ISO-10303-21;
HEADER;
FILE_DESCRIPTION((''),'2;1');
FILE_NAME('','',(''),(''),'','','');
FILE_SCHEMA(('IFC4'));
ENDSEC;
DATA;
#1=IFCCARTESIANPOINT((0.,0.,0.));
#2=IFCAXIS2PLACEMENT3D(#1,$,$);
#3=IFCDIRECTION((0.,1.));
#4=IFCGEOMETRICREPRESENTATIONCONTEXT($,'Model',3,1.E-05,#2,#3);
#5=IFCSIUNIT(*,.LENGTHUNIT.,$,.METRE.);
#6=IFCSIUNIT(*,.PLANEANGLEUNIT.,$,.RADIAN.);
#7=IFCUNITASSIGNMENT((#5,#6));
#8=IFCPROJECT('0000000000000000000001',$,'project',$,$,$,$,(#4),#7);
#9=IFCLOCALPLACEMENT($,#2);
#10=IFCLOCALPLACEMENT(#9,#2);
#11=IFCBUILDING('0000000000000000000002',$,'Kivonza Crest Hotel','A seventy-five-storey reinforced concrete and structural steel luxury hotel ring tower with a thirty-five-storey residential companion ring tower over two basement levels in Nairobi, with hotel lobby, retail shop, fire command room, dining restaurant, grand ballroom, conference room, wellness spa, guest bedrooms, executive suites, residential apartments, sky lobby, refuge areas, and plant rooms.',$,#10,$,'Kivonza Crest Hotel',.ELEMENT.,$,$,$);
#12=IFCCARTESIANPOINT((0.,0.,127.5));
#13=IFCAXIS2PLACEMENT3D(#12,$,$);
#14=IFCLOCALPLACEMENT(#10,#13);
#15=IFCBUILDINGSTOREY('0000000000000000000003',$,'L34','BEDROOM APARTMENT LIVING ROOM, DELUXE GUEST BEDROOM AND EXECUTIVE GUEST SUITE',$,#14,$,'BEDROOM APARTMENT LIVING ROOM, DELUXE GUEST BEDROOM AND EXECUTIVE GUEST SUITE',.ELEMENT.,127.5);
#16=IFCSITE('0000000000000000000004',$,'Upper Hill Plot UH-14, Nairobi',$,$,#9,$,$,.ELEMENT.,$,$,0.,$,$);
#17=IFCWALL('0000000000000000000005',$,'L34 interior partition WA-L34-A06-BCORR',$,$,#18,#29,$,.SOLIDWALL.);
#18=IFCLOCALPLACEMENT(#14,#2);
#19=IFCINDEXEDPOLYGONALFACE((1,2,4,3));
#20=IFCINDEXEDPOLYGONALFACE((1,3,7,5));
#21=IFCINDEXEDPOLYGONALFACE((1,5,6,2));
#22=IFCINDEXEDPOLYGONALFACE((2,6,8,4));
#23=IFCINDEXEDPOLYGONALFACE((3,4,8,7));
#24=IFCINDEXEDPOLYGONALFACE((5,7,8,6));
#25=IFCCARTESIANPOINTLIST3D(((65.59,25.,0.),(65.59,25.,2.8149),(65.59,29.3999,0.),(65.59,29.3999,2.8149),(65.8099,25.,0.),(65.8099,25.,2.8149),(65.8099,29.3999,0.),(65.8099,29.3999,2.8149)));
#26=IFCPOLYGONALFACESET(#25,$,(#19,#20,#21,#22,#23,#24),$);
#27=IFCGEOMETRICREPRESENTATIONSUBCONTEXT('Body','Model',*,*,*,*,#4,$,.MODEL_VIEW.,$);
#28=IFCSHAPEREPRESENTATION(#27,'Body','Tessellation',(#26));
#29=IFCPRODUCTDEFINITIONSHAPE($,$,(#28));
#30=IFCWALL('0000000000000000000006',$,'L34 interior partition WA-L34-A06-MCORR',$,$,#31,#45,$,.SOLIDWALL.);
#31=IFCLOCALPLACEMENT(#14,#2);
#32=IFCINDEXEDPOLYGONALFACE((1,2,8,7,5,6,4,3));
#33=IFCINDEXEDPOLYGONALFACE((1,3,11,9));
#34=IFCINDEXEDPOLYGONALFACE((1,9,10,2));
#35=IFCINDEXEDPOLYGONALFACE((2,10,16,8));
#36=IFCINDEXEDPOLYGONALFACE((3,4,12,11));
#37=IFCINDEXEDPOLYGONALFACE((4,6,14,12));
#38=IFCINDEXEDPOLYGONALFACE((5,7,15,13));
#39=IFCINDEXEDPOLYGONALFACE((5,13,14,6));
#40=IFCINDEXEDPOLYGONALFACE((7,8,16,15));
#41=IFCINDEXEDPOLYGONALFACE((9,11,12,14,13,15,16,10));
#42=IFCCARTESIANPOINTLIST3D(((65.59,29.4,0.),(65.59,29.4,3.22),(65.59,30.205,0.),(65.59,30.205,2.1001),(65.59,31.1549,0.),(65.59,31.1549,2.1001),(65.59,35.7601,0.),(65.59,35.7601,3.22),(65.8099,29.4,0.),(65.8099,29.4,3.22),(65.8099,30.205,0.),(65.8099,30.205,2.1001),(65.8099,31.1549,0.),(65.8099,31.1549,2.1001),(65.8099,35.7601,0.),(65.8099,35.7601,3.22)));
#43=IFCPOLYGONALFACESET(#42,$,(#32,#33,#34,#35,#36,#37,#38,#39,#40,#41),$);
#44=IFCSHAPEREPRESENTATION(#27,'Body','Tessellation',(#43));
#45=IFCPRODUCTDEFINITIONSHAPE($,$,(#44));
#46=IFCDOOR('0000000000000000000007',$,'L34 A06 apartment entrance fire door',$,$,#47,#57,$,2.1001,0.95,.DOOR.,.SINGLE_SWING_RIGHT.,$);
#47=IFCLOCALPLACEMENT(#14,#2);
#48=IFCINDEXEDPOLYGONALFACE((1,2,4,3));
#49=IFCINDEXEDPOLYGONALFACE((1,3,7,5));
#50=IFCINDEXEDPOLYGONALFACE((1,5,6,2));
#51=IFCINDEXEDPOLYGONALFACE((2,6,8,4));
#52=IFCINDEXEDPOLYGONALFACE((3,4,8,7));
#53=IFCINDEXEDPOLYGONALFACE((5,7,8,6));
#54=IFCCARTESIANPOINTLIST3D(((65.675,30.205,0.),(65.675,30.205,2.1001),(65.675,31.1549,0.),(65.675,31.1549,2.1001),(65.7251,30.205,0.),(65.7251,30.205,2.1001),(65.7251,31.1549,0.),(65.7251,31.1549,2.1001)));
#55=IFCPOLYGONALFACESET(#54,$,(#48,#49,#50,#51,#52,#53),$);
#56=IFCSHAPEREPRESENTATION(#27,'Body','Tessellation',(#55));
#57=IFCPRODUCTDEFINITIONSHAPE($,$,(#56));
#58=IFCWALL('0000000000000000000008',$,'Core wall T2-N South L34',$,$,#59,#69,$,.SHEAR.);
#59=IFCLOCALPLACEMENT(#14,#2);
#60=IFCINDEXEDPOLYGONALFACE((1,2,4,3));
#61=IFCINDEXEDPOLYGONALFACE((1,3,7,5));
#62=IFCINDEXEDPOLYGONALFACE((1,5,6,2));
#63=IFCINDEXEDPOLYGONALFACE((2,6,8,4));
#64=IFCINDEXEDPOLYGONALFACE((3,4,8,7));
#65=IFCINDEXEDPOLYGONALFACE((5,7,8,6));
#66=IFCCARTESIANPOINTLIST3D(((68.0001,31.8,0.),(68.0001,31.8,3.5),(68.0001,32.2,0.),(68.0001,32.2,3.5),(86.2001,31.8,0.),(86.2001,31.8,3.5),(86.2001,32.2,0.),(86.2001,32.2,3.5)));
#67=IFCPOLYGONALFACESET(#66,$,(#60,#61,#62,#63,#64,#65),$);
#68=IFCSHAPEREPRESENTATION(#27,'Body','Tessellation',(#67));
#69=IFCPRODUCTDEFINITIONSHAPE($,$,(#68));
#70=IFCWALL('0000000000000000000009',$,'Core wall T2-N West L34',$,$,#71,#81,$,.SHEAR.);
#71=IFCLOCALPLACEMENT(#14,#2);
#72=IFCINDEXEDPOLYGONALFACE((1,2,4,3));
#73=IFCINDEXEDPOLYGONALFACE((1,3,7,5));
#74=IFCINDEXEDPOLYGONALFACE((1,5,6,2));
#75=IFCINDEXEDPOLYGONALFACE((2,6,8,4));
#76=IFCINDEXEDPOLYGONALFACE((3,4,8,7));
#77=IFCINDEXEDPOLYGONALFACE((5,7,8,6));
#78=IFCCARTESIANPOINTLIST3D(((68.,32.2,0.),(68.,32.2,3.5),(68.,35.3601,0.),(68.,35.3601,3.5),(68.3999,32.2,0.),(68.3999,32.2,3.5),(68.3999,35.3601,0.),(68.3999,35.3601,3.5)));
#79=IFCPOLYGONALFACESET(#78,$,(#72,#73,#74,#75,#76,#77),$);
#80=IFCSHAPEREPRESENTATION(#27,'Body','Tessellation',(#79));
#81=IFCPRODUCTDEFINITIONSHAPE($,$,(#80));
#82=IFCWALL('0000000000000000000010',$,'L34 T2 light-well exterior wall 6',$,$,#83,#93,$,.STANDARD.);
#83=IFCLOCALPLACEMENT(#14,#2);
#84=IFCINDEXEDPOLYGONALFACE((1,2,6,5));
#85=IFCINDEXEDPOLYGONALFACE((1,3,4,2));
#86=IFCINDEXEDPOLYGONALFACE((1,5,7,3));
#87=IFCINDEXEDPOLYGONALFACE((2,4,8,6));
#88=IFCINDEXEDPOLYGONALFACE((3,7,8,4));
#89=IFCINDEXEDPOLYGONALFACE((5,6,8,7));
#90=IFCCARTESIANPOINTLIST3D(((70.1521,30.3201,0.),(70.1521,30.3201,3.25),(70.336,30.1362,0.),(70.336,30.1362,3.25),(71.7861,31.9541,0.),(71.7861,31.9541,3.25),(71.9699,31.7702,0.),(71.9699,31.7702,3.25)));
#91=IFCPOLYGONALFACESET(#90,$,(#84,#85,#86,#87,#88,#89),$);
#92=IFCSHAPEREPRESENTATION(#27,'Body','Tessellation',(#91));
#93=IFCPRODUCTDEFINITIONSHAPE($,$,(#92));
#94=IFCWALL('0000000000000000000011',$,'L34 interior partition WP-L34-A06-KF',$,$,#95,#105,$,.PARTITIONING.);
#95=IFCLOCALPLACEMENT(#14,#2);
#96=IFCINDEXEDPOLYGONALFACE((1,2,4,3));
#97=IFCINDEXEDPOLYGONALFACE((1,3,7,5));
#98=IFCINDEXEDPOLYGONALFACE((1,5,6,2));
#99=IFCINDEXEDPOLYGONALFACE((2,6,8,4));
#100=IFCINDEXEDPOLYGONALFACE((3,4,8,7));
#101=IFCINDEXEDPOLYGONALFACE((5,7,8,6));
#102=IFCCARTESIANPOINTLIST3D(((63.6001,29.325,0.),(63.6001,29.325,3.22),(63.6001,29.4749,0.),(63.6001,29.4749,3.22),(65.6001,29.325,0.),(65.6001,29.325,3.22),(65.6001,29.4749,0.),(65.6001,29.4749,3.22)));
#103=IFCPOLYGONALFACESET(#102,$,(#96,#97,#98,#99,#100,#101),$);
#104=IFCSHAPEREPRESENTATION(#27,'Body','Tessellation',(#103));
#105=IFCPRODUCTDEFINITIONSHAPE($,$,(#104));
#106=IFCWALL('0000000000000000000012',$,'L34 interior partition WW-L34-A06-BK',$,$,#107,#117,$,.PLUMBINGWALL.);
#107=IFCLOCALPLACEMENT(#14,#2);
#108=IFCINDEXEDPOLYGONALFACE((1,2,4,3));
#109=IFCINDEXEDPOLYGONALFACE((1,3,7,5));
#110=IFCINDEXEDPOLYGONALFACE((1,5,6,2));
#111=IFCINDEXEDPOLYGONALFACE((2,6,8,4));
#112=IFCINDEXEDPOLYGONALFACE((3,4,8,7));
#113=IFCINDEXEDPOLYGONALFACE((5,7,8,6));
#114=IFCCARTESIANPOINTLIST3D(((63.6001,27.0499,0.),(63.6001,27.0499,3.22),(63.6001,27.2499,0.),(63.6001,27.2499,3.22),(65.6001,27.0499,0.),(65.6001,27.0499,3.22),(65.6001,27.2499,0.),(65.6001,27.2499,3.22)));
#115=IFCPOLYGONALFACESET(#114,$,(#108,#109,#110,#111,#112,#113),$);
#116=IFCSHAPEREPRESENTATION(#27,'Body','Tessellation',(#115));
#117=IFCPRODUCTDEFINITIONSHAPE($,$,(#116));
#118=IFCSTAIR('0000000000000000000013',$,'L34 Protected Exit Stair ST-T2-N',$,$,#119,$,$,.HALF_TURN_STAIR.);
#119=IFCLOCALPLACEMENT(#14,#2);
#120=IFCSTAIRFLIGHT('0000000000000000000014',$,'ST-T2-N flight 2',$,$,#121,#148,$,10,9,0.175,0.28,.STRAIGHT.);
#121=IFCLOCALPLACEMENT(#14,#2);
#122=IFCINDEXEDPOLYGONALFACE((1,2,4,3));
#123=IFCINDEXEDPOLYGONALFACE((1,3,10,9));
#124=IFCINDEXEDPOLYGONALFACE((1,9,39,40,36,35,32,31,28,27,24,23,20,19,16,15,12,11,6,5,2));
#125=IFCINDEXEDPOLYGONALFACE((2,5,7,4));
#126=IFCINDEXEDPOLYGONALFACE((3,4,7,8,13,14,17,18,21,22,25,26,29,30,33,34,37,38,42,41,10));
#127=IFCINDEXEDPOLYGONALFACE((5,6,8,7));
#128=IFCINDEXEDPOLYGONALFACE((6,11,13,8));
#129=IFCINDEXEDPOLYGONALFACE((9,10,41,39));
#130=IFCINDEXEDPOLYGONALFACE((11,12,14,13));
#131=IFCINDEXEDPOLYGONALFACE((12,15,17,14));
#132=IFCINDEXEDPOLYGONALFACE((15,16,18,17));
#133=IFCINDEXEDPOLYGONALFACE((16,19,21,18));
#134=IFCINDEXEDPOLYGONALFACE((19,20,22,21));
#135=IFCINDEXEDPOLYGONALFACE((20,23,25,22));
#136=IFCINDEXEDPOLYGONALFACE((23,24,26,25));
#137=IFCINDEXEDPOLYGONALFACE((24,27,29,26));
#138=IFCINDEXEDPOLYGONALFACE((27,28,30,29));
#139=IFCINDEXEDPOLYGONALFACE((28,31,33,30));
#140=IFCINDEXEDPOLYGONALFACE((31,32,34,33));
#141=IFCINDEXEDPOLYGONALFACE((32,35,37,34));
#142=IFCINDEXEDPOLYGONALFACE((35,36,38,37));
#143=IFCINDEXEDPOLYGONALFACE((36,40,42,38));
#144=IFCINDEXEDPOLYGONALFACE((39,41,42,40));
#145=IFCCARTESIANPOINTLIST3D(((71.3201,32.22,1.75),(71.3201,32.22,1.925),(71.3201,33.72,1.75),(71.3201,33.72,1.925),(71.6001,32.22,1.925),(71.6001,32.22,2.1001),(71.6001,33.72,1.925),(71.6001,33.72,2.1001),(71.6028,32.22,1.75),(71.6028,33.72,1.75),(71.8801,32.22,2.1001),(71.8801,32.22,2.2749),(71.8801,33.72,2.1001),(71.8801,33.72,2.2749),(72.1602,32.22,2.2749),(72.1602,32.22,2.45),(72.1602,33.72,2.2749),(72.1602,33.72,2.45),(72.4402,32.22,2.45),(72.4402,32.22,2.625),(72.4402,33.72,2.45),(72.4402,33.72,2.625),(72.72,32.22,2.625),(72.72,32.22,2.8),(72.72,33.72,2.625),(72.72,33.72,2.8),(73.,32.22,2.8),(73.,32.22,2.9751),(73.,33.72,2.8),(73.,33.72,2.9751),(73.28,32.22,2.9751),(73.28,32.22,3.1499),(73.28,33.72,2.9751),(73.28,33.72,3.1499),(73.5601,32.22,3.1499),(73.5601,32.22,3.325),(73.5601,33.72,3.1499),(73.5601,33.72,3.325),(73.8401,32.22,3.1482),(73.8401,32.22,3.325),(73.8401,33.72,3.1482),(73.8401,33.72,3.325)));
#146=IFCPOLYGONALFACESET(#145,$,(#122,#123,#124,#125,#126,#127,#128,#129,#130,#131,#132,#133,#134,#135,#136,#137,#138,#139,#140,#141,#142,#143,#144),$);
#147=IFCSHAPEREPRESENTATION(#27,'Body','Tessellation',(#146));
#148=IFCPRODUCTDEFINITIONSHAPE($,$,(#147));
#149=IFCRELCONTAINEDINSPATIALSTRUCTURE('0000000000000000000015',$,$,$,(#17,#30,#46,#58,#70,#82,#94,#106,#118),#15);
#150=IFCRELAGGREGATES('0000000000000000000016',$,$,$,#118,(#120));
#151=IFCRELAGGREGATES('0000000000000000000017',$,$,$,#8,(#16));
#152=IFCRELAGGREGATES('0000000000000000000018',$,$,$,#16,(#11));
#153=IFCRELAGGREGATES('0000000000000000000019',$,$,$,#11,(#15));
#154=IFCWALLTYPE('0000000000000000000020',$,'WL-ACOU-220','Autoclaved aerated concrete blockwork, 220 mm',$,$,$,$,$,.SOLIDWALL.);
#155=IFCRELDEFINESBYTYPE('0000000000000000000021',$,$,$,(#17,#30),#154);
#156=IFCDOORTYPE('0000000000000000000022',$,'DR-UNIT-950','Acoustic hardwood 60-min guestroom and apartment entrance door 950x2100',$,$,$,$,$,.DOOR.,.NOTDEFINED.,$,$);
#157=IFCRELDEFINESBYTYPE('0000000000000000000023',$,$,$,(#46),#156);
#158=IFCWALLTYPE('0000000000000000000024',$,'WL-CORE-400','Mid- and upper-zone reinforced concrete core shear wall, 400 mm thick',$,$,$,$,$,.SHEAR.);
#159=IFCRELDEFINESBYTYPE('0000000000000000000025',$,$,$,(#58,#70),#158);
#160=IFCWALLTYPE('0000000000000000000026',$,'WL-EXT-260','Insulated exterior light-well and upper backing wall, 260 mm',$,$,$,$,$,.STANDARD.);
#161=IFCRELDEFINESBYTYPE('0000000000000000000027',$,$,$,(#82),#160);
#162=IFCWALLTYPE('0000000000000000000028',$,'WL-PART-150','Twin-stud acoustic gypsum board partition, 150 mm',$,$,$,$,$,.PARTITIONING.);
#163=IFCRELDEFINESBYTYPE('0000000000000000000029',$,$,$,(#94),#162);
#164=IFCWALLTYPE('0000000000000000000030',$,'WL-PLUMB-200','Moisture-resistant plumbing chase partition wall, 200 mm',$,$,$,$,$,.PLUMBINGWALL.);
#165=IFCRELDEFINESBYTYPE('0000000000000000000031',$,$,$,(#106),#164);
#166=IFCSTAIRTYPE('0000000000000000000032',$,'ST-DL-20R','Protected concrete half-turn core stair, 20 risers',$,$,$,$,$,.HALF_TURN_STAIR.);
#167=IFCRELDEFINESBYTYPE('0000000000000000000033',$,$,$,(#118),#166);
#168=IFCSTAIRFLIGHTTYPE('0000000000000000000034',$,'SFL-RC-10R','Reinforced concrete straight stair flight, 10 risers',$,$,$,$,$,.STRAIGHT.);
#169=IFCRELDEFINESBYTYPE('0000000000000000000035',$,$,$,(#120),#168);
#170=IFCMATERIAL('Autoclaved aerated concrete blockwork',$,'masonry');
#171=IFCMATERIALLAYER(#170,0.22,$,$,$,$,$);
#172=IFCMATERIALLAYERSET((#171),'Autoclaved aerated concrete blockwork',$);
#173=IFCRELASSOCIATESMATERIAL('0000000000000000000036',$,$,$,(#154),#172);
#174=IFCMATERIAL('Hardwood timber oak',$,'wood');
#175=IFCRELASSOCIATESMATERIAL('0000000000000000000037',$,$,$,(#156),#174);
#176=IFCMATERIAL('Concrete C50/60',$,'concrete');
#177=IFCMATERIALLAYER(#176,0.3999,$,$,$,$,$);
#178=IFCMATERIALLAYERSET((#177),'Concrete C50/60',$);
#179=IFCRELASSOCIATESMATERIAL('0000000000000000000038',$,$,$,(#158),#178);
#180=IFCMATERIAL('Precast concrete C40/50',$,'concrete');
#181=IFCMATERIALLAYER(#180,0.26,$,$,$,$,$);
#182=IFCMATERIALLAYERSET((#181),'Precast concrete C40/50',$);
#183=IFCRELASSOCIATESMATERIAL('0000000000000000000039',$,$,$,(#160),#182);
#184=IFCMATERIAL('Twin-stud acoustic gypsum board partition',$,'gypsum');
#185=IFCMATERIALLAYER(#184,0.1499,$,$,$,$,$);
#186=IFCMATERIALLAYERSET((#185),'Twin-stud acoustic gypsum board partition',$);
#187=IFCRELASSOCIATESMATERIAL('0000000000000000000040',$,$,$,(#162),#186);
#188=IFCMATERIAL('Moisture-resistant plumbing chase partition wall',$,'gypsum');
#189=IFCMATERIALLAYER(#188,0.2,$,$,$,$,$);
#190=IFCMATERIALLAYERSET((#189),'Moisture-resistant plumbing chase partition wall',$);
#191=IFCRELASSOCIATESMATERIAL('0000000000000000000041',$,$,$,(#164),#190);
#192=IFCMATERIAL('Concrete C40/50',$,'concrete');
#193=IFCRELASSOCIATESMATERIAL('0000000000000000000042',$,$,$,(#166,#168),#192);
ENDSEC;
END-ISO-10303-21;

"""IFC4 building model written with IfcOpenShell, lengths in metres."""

from ifc_helpers import new_model, si_unit, direction, frame, frame_2d, origin, place, context, subcontext, project, spatial, polyline, rectangle, outline, extrude, material, layer, layer_set, type_object, element, fill, aggregate, save


model = new_model("IFC4")

# Units and contexts
model_context = context("Model", 3, precision=1e-05, world=origin(), true_north=direction((0.0, 1.0)))
body_context = subcontext(model_context, "Body", "Model", "MODEL_VIEW")
ifc_project = project(units=[si_unit("LENGTHUNIT", "METRE"), si_unit("PLANEANGLEUNIT", "RADIAN")], contexts=[model_context])

# Site, building, storey
site_placement = place(None, origin())
site = spatial("IfcSite", under=ifc_project, at=site_placement, Name="Upper Hill Plot UH-14, Nairobi", CompositionType="ELEMENT", RefElevation=0.0)
building_placement = place(site_placement, origin())
building = spatial("IfcBuilding", under=site, at=building_placement, Name="Kivonza Crest Hotel", Description="A seventy-five-storey reinforced concrete and structural steel luxury hotel ring tower with a thirty-five-storey residential companion ring tower over two basement levels in Nairobi, with hotel lobby, retail shop, fire command room, dining restaurant, grand ballroom, conference room, wellness spa, guest bedrooms, executive suites, residential apartments, sky lobby, refuge areas, and plant rooms.", LongName="Kivonza Crest Hotel", CompositionType="ELEMENT")
storey_placement = place(building_placement, frame((0.0, 0.0, 127.5)))
storey = spatial("IfcBuildingStorey", under=building, at=storey_placement, Name="L34", Description="BEDROOM APARTMENT LIVING ROOM, DELUXE GUEST BEDROOM AND EXECUTIVE GUEST SUITE", LongName="BEDROOM APARTMENT LIVING ROOM, DELUXE GUEST BEDROOM AND EXECUTIVE GUEST SUITE", CompositionType="ELEMENT", Elevation=127.5)

# Shared definitions
ifc_material_1 = material(Name="Concrete C50/60", Category="concrete")

# Wall
ifc_material_2 = material(Name="Autoclaved aerated concrete blockwork", Category="masonry")
ifc_layer_1 = layer(ifc_material_2, 0.22)
ifc_layer_set_1 = layer_set([ifc_layer_1], Name="Autoclaved aerated concrete blockwork")
wall_type_1 = type_object("IfcWallType", Name="WL-ACOU-220", Description="Autoclaved aerated concrete blockwork, 220 mm", PredefinedType="SOLIDWALL", material=ifc_layer_set_1)
wall_1_placement = place(storey_placement, frame((65.7, 25.0, 0.0), z_axis=(0.0, 0.0, 1.0), x_axis=(0.0, 1.0, 0.0)))
element("IfcWall", 1, at=wall_1_placement, inside=storey, type_object=wall_type_1, Name="L34 interior partition WA-L34-A06-BCORR", PredefinedType="SOLIDWALL", context=body_context, shape_type="SweptSolid", body=[
    extrude(rectangle(XDim=4.3999, YDim=0.22, at=frame_2d((2.2, 0.0))), origin(), (0.0, 0.0, 1.0), 2.8149),
])

# Wall, opening, door
wall_2_placement = place(storey_placement, frame((65.7, 29.3999, 0.0), z_axis=(0.0, 0.0, 1.0), x_axis=(0.0, 1.0, 0.0)))
wall_2 = element("IfcWall", 2, at=wall_2_placement, inside=storey, type_object=wall_type_1, Name="L34 interior partition WA-L34-A06-MCORR", PredefinedType="SOLIDWALL", context=body_context, shape_type="SweptSolid", body=[
    extrude(rectangle(XDim=6.3601, YDim=0.22, at=frame_2d((3.1802, 0.0))), origin(), (0.0, 0.0, 1.0), 3.22),
])
opening_placement = place(wall_2_placement, frame((0.8049, 0.0, 0.0)))
opening = element("IfcOpeningElement", 3, at=opening_placement, cuts=wall_2, PredefinedType="OPENING", context=body_context, shape_type="SweptSolid", body=[
    extrude(rectangle(XDim=0.95, YDim=2.1001, at=frame_2d((0.4751, 1.05))), frame((0.0, 0.1201, 0.0), z_axis=(0.0, -1.0, 0.0), x_axis=(1.0, 0.0, 0.0)), (0.0, 0.0, 1.0), 0.24),
])
ifc_material_3 = material(Name="Hardwood timber oak", Category="wood")
door_type = type_object("IfcDoorType", Name="DR-UNIT-950", Description="Acoustic hardwood 60-min guestroom and apartment entrance door 950x2100", OperationType="NOTDEFINED", PredefinedType="DOOR", material=ifc_material_3)
door_placement = place(opening_placement, origin())
door = element("IfcDoor", 4, at=door_placement, inside=storey, type_object=door_type, Name="L34 A06 apartment entrance fire door", OperationType="SINGLE_SWING_RIGHT", OverallHeight=2.1001, OverallWidth=0.95, PredefinedType="DOOR", context=body_context, shape_type="SweptSolid", body=[
    extrude(rectangle(XDim=0.95, YDim=2.1001, at=frame_2d((0.4751, 1.05))), frame((0.0, 0.0249, 0.0), z_axis=(0.0, -1.0, 0.0), x_axis=(1.0, 0.0, 0.0)), (0.0, 0.0, 1.0), 0.05),
])
fill(opening, door)

# Walls
ifc_layer_2 = layer(ifc_material_1, 0.3999)
ifc_layer_set_2 = layer_set([ifc_layer_2], Name="Concrete C50/60")
wall_type_2 = type_object("IfcWallType", Name="WL-CORE-400", Description="Mid- and upper-zone reinforced concrete core shear wall, 400 mm thick", PredefinedType="SHEAR", material=ifc_layer_set_2)
wall_3_placement = place(storey_placement, frame((68.0, 32.0, 0.0), z_axis=(0.0, 0.0, 1.0), x_axis=(1.0, 0.0, 0.0)))
element("IfcWall", 5, at=wall_3_placement, inside=storey, type_object=wall_type_2, Name="Core wall T2-N South L34", PredefinedType="SHEAR", context=body_context, shape_type="SweptSolid", body=[
    extrude(rectangle(XDim=18.2, YDim=0.3999, at=frame_2d((9.1001, 0.0))), origin(), (0.0, 0.0, 1.0), 3.5),
])
wall_4_placement = place(storey_placement, frame((68.2, 32.2, 0.0), z_axis=(0.0, 0.0, 1.0), x_axis=(0.0, 1.0, 0.0)))
element("IfcWall", 6, at=wall_4_placement, inside=storey, type_object=wall_type_2, Name="Core wall T2-N West L34", PredefinedType="SHEAR", context=body_context, shape_type="SweptSolid", body=[
    extrude(rectangle(XDim=3.1602, YDim=0.3999, at=frame_2d((1.5801, 0.0))), origin(), (0.0, 0.0, 1.0), 3.5),
])
ifc_material_4 = material(Name="Precast concrete C40/50", Category="concrete")
ifc_layer_3 = layer(ifc_material_4, 0.26)
ifc_layer_set_3 = layer_set([ifc_layer_3], Name="Precast concrete C40/50")
wall_type_3 = type_object("IfcWallType", Name="WL-EXT-260", Description="Insulated exterior light-well and upper backing wall, 260 mm", PredefinedType="STANDARD", material=ifc_layer_set_3)
wall_5_placement = place(storey_placement, frame((71.8779, 31.8621, 0.0), z_axis=(0.0, 0.0, 1.0), x_axis=(-0.707107, -0.707107, 0.0)))
element("IfcWall", 7, at=wall_5_placement, inside=storey, type_object=wall_type_3, Name="L34 T2 light-well exterior wall 6", PredefinedType="STANDARD", context=body_context, shape_type="SweptSolid", body=[
    extrude(rectangle(XDim=2.3108, YDim=0.26, at=frame_2d((1.1553, 0.0))), origin(), (0.0, 0.0, 1.0), 3.25),
])
ifc_material_5 = material(Name="Twin-stud acoustic gypsum board partition", Category="gypsum")
ifc_layer_4 = layer(ifc_material_5, 0.1499)
ifc_layer_set_4 = layer_set([ifc_layer_4], Name="Twin-stud acoustic gypsum board partition")
wall_type_4 = type_object("IfcWallType", Name="WL-PART-150", Description="Twin-stud acoustic gypsum board partition, 150 mm", PredefinedType="PARTITIONING", material=ifc_layer_set_4)
wall_6_placement = place(storey_placement, frame((63.6001, 29.3999, 0.0), z_axis=(0.0, 0.0, 1.0), x_axis=(1.0, 0.0, 0.0)))
element("IfcWall", 8, at=wall_6_placement, inside=storey, type_object=wall_type_4, Name="L34 interior partition WP-L34-A06-KF", PredefinedType="PARTITIONING", context=body_context, shape_type="SweptSolid", body=[
    extrude(rectangle(XDim=2.0, YDim=0.1499, at=frame_2d((1.0, 0.0))), origin(), (0.0, 0.0, 1.0), 3.22),
])
ifc_material_6 = material(Name="Moisture-resistant plumbing chase partition wall", Category="gypsum")
ifc_layer_5 = layer(ifc_material_6, 0.2)
ifc_layer_set_5 = layer_set([ifc_layer_5], Name="Moisture-resistant plumbing chase partition wall")
wall_type_5 = type_object("IfcWallType", Name="WL-PLUMB-200", Description="Moisture-resistant plumbing chase partition wall, 200 mm", PredefinedType="PLUMBINGWALL", material=ifc_layer_set_5)
wall_7_placement = place(storey_placement, frame((63.6001, 27.1499, 0.0), z_axis=(0.0, 0.0, 1.0), x_axis=(1.0, 0.0, 0.0)))
element("IfcWall", 9, at=wall_7_placement, inside=storey, type_object=wall_type_5, Name="L34 interior partition WW-L34-A06-BK", PredefinedType="PLUMBINGWALL", context=body_context, shape_type="SweptSolid", body=[
    extrude(rectangle(XDim=2.0, YDim=0.2, at=frame_2d((1.0, 0.0))), origin(), (0.0, 0.0, 1.0), 3.22),
])

# Stair, stair flight
ifc_material_7 = material(Name="Concrete C40/50", Category="concrete")
stair_type = type_object("IfcStairType", Name="ST-DL-20R", Description="Protected concrete half-turn core stair, 20 risers", PredefinedType="HALF_TURN_STAIR", material=ifc_material_7)
stair_placement = place(storey_placement, origin())
stair = element("IfcStair", 10, at=stair_placement, inside=storey, type_object=stair_type, Name="L34 Protected Exit Stair ST-T2-N", PredefinedType="HALF_TURN_STAIR")
stair_flight_type = type_object("IfcStairFlightType", Name="SFL-RC-10R", Description="Reinforced concrete straight stair flight, 10 risers", PredefinedType="STRAIGHT", material=ifc_material_7)
stair_flight_placement = place(storey_placement, frame((71.3201, 32.97, 1.75), z_axis=(0.0, 0.0, 1.0), x_axis=(1.0, 0.0, 0.0)))
stair_flight = element("IfcStairFlight", 11, at=stair_flight_placement, type_object=stair_flight_type, Name="ST-T2-N flight 2", NumberOfRisers=10, NumberOfTreads=9, PredefinedType="STRAIGHT", RiserHeight=0.175, TreadLength=0.28, context=body_context, shape_type="SweptSolid", body=[
    extrude(outline(polyline([(0.0, 0.0), (0.0, 0.175), (0.28, 0.175), (0.28, 0.3501), (0.5601, 0.3501), (0.5601, 0.5249), (0.8401, 0.5249), (0.8401, 0.7), (1.1201, 0.7), (1.1201, 0.875), (1.3999, 0.875), (1.3999, 1.05), (1.6799, 1.05), (1.6799, 1.2251), (1.96, 1.2251), (1.96, 1.3999), (2.24, 1.3999), (2.24, 1.575), (2.52, 1.575), (2.52, 1.75), (2.52, 1.3982), (0.2827, 0.0), (0.0, 0.0)])), frame((0.0, 0.75, 0.0), z_axis=(0.0, -1.0, 0.0), x_axis=(1.0, 0.0, 0.0)), (0.0, 0.0, 1.0), 1.5),
])
aggregate(stair, [stair_flight])

save(model, "model.ifc")
